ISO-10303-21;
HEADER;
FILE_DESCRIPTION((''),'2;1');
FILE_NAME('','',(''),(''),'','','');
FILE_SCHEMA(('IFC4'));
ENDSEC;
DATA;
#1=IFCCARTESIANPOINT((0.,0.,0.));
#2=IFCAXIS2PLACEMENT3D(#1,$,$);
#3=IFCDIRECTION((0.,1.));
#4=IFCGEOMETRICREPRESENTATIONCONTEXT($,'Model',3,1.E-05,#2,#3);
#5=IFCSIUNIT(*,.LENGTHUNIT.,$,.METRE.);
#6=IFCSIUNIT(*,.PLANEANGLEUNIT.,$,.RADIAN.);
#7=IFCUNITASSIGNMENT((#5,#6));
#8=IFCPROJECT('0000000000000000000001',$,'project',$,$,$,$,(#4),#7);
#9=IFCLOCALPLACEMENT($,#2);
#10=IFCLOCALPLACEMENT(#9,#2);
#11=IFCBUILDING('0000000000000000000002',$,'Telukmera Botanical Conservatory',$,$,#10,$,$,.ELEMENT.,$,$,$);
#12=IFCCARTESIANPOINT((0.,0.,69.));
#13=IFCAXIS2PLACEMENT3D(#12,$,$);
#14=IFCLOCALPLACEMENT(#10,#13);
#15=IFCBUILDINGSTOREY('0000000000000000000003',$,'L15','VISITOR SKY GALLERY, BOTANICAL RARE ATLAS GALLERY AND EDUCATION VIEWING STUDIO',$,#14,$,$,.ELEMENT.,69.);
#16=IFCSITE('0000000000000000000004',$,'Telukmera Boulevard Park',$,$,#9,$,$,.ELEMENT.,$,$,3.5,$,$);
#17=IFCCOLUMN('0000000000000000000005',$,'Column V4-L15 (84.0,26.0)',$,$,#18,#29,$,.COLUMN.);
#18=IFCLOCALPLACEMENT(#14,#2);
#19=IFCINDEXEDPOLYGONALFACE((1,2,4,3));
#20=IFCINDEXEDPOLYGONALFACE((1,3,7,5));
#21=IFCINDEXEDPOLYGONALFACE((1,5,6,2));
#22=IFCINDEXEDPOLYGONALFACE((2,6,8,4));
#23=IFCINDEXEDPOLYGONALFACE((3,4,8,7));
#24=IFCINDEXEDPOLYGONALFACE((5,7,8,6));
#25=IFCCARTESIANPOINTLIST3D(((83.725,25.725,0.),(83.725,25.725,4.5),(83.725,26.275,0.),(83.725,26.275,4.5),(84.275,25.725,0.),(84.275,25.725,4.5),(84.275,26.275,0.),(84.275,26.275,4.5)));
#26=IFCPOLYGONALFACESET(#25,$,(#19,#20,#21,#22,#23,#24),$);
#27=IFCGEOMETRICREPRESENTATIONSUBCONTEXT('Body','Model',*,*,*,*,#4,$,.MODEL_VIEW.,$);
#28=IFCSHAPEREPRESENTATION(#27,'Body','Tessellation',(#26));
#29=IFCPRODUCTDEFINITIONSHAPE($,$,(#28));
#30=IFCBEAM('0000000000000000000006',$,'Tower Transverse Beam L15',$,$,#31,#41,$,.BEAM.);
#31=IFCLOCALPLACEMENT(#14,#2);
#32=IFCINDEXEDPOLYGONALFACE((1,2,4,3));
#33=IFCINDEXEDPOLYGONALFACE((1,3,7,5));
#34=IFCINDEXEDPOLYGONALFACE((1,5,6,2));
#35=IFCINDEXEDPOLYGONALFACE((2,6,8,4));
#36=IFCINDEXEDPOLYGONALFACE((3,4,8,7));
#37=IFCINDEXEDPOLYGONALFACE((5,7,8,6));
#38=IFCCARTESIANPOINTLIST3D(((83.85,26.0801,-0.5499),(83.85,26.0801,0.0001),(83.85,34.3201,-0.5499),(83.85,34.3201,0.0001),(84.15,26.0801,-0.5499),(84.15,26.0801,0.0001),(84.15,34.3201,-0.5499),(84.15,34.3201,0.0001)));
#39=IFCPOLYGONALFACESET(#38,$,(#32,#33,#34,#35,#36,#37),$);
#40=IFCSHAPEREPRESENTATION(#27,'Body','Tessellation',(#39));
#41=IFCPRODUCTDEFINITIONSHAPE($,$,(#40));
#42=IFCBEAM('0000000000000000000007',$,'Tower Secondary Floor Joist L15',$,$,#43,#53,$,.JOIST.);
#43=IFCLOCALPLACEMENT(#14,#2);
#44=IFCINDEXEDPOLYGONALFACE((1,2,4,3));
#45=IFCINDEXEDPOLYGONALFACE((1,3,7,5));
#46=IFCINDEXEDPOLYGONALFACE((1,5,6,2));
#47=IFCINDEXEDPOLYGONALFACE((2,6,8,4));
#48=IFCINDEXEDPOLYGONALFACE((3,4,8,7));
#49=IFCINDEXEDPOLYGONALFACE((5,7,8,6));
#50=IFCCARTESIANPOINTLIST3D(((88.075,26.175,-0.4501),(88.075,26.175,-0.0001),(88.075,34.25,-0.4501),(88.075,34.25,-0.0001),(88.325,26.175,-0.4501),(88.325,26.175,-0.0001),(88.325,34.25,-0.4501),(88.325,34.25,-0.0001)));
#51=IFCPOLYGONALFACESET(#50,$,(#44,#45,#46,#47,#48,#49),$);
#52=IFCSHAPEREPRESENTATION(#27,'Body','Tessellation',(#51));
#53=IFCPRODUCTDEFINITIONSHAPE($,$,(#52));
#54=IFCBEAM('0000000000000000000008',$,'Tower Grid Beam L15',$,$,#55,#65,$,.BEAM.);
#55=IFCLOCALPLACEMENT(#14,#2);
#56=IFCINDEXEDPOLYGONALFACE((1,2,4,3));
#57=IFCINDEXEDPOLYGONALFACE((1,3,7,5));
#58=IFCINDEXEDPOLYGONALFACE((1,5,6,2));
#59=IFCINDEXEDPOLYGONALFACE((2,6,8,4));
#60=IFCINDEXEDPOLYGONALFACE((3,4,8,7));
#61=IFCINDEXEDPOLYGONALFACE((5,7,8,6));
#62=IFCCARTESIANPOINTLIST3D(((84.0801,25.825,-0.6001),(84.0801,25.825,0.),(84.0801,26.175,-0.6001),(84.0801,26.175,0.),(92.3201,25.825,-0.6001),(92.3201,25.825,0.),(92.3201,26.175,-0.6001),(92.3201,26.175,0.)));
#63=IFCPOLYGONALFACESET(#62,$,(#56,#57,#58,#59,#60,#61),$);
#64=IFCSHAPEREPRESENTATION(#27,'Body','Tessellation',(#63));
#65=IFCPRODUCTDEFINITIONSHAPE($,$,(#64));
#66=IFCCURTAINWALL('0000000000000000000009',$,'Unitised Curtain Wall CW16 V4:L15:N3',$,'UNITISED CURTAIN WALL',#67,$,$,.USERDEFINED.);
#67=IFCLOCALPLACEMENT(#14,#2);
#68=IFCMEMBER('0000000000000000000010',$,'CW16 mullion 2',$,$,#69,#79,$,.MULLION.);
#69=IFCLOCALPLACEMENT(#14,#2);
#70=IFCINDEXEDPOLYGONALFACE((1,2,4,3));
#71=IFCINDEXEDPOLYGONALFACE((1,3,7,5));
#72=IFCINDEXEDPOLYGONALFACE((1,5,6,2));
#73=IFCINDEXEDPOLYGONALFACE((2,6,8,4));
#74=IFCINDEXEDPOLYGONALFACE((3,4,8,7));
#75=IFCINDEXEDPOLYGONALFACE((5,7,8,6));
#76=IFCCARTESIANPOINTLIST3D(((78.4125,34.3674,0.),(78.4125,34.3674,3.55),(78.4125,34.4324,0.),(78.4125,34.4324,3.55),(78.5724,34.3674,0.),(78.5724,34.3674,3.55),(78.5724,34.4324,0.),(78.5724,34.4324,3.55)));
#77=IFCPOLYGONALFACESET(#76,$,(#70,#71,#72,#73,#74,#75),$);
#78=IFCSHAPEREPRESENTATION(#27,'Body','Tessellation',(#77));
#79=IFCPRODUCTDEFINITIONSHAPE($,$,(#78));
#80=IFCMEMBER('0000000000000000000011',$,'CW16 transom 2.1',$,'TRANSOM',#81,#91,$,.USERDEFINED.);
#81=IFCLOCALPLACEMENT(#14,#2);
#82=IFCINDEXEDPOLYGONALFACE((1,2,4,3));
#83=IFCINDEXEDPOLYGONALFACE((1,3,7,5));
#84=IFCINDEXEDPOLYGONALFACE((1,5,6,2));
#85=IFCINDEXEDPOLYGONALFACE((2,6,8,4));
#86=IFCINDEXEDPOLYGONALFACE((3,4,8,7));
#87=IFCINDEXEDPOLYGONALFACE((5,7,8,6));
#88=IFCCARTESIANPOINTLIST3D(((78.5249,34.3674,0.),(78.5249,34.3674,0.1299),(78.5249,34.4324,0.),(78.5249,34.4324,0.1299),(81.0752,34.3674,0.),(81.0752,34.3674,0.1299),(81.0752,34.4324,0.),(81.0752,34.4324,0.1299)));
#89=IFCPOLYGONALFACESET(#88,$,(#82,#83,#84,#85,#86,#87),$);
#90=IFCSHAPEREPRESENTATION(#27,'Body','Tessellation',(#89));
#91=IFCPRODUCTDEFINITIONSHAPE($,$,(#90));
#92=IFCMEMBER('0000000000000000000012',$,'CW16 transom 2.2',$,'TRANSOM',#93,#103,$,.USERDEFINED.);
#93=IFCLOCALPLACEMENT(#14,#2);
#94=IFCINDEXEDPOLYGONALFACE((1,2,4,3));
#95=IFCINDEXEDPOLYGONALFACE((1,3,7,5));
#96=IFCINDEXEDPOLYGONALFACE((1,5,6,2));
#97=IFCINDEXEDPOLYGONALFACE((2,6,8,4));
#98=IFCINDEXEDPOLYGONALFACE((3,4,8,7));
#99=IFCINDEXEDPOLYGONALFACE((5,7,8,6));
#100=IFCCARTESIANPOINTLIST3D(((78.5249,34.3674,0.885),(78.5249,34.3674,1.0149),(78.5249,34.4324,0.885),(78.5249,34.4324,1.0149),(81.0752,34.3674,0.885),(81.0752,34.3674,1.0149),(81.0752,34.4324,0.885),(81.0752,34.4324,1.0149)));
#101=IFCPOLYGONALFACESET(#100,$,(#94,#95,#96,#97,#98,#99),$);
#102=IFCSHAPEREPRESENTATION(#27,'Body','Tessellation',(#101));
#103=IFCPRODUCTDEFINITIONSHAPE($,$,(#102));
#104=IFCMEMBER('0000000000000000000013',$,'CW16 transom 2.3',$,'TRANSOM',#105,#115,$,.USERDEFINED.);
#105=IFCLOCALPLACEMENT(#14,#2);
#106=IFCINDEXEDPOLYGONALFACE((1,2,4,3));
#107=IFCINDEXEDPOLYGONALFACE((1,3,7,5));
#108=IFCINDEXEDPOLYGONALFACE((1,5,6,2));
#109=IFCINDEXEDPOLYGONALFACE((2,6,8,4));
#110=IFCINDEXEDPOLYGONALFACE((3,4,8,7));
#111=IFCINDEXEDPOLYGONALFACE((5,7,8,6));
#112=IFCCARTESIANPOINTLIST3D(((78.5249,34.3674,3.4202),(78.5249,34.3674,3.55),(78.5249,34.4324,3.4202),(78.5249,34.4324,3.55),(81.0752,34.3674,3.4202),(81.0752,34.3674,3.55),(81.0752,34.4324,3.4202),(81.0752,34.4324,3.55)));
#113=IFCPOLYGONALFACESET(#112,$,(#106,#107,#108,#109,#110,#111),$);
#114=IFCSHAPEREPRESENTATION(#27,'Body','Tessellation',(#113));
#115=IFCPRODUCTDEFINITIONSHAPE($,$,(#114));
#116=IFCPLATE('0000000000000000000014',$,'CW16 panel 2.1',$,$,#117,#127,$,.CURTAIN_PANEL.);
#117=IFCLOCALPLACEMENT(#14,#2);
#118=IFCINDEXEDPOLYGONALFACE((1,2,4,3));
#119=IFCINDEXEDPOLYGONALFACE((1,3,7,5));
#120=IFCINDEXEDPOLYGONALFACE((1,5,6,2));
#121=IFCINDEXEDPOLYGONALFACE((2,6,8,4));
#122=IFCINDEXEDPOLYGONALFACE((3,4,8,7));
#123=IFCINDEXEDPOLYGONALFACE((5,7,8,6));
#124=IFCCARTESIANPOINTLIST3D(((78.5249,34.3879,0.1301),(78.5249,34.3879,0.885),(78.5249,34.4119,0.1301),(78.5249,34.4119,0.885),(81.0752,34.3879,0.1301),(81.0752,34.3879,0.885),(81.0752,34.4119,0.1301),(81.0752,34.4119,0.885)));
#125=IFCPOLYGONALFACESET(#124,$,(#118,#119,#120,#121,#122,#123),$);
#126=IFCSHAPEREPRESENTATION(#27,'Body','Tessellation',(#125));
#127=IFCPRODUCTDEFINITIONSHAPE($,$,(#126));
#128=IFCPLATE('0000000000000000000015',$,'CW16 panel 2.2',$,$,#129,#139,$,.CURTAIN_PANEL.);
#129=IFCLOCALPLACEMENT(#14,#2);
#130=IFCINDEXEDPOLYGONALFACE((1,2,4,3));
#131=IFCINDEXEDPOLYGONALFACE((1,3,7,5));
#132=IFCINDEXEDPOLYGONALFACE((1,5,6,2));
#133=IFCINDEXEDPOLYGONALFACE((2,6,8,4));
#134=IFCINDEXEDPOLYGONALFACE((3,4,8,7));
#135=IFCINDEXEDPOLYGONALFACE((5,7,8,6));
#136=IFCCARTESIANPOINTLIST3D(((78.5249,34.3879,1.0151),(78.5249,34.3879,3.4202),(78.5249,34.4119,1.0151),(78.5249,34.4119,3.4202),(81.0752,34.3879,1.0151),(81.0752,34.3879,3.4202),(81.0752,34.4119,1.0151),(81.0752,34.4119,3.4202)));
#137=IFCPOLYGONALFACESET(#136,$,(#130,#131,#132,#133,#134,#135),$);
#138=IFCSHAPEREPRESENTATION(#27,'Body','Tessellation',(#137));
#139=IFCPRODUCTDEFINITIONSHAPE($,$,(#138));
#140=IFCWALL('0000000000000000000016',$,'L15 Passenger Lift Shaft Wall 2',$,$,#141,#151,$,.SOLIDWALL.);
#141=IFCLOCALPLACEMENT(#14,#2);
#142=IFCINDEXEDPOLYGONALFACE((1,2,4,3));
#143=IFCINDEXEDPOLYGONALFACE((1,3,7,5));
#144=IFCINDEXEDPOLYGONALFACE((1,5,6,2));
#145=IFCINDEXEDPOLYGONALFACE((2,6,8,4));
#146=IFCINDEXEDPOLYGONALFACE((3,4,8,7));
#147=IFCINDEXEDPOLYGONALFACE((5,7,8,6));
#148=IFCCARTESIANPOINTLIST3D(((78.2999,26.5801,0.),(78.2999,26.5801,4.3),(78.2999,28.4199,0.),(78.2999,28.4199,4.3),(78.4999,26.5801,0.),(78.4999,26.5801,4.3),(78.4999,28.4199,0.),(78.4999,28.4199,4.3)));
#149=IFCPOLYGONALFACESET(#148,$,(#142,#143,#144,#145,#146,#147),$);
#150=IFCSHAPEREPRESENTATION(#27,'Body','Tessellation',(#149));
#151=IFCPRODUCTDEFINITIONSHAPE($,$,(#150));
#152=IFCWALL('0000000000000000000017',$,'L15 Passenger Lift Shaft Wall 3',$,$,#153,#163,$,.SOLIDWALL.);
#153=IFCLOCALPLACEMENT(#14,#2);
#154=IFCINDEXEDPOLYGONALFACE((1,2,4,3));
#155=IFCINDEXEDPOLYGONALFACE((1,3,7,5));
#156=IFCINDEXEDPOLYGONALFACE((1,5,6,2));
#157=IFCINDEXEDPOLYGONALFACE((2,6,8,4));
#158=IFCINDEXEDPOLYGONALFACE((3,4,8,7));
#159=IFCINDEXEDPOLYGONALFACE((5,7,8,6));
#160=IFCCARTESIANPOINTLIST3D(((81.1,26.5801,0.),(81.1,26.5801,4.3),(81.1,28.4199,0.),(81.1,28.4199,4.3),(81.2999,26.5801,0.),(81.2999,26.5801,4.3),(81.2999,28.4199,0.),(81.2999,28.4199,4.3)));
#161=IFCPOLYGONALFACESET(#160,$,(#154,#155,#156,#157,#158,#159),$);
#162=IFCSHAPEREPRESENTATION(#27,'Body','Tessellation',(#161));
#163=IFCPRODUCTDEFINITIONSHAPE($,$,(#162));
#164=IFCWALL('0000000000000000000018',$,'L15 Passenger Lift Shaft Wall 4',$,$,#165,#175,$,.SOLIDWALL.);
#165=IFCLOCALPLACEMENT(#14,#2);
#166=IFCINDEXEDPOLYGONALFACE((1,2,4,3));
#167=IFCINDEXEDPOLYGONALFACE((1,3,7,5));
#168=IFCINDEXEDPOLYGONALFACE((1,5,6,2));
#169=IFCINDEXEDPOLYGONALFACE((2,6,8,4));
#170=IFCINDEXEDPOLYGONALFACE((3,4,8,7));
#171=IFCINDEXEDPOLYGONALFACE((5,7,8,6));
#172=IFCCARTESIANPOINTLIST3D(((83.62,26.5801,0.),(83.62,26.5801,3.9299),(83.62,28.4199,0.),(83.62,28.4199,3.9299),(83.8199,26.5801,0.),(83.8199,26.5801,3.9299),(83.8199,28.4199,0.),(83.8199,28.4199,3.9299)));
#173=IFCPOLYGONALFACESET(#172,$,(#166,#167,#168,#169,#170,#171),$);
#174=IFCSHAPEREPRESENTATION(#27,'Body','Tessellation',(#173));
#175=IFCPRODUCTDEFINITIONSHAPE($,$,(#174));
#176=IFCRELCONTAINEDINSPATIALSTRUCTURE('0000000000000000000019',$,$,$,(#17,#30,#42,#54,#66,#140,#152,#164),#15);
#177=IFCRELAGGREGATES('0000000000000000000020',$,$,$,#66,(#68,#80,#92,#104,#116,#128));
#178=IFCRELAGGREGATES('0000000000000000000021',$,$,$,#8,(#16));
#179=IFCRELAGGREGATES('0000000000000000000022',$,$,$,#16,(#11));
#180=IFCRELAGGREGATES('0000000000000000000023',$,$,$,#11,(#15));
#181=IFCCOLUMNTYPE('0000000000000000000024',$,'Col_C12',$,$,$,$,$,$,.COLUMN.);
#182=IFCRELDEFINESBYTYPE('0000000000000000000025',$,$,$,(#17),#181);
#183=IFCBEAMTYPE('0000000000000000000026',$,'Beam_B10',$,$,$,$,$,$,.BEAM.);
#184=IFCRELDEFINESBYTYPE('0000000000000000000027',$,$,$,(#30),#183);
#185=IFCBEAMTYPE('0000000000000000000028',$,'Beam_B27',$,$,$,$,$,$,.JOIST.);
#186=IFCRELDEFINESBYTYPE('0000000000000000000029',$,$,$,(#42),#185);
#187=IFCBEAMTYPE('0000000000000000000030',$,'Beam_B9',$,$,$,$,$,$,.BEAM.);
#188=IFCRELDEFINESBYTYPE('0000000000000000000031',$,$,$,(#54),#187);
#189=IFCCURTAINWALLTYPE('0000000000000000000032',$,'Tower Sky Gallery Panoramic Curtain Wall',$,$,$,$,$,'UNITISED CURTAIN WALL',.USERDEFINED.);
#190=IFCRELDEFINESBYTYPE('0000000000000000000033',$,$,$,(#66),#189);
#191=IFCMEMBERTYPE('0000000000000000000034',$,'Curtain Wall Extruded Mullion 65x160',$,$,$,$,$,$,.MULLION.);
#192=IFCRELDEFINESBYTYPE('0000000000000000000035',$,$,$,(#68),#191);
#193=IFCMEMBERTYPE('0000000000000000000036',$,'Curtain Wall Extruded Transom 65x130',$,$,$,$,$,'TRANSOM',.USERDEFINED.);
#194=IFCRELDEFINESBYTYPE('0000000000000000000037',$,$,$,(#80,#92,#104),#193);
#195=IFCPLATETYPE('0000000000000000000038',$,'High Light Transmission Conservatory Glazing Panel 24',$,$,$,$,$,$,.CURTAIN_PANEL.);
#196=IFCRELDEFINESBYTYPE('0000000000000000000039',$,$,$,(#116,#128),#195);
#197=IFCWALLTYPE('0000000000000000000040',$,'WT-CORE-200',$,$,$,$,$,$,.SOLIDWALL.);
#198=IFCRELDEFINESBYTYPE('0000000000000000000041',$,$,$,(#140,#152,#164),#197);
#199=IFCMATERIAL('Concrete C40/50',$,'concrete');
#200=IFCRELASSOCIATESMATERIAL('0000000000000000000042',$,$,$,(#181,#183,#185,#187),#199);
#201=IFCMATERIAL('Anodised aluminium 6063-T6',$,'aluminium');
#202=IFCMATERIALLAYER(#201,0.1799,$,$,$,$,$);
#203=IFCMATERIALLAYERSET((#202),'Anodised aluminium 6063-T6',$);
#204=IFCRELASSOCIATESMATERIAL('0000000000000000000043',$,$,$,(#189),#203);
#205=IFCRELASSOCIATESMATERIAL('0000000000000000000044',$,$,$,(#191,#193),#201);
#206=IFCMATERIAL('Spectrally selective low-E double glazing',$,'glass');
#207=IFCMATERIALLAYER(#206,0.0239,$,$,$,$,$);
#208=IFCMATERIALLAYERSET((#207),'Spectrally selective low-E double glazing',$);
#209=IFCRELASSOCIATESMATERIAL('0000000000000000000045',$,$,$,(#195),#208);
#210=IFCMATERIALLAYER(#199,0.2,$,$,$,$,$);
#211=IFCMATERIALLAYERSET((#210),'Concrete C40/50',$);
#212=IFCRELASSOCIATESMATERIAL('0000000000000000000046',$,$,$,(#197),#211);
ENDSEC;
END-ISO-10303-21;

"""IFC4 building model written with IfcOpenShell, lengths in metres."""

from ifc_helpers import new_model, si_unit, direction, frame, frame_2d, origin, origin_2d, place, context, subcontext, project, spatial, rectangle, extrude, material, layer, layer_set, material_profile, profile_set, type_object, element, aggregate, save


model = new_model("IFC4")

# Units and contexts
model_context = context("Model", 3, precision=1e-05, world=origin(), true_north=direction((0.0, 1.0)))
body_context = subcontext(model_context, "Body", "Model", "MODEL_VIEW")
ifc_project = project(units=[si_unit("LENGTHUNIT", "METRE"), si_unit("PLANEANGLEUNIT", "RADIAN")], contexts=[model_context])

# Site, building, storey
site_placement = place(None, origin())
site = spatial("IfcSite", under=ifc_project, at=site_placement, Name="Telukmera Boulevard Park", CompositionType="ELEMENT", RefElevation=3.5)
building_placement = place(site_placement, origin())
building = spatial("IfcBuilding", under=site, at=building_placement, Name="Telukmera Botanical Conservatory", CompositionType="ELEMENT")
storey_placement = place(building_placement, frame((0.0, 0.0, 69.0)))
storey = spatial("IfcBuildingStorey", under=building, at=storey_placement, Name="L15", Description="VISITOR SKY GALLERY, BOTANICAL RARE ATLAS GALLERY AND EDUCATION VIEWING STUDIO", CompositionType="ELEMENT", Elevation=69.0)

# Column
ifc_material_1 = material(Name="Concrete C40/50", Category="concrete")
ifc_material_profile_1 = material_profile(ifc_material_1, rectangle(XDim=0.55, YDim=0.55, at=origin_2d()), Name="RC 550x550")
ifc_profile_set_1 = profile_set([ifc_material_profile_1], Name="Concrete C40/50")
column_type = type_object("IfcColumnType", Name="Col_C12", PredefinedType="COLUMN", material=ifc_profile_set_1)
column_placement = place(storey_placement, frame((84.0, 26.0, 0.0), z_axis=(0.0, 0.0, 1.0), x_axis=(1.0, 0.0, 0.0)))
element("IfcColumn", 1, at=column_placement, inside=storey, type_object=column_type, Name="Column V4-L15 (84.0,26.0)", PredefinedType="COLUMN", context=body_context, shape_type="SweptSolid", body=[
    extrude(rectangle(XDim=0.55, YDim=0.55, at=origin_2d()), origin(), (0.0, 0.0, 1.0), 4.5),
])

# Beams
ifc_material_profile_2 = material_profile(ifc_material_1, rectangle(XDim=0.3, YDim=0.55, at=origin_2d()), Name="RC 300x550")
ifc_profile_set_2 = profile_set([ifc_material_profile_2], Name="Concrete C40/50")
beam_type_1 = type_object("IfcBeamType", Name="Beam_B10", PredefinedType="BEAM", material=ifc_profile_set_2)
beam_1_placement = place(storey_placement, frame((84.0, 26.0801, -0.2749), z_axis=(0.0, 1.0, 0.0), x_axis=(-1.0, 0.0, 0.0)))
element("IfcBeam", 2, at=beam_1_placement, inside=storey, type_object=beam_type_1, Name="Tower Transverse Beam L15", PredefinedType="BEAM", context=body_context, shape_type="SweptSolid", body=[
    extrude(rectangle(XDim=0.3, YDim=0.55, at=origin_2d()), origin(), (0.0, 0.0, 1.0), 8.24),
])
ifc_material_profile_3 = material_profile(ifc_material_1, rectangle(XDim=0.25, YDim=0.45, at=origin_2d()), Name="RC 250x450")
ifc_profile_set_3 = profile_set([ifc_material_profile_3], Name="Concrete C40/50")
beam_type_2 = type_object("IfcBeamType", Name="Beam_B27", PredefinedType="JOIST", material=ifc_profile_set_3)
beam_2_placement = place(storey_placement, frame((88.2, 26.175, -0.2251), z_axis=(0.0, 1.0, 0.0), x_axis=(-1.0, 0.0, 0.0)))
element("IfcBeam", 3, at=beam_2_placement, inside=storey, type_object=beam_type_2, Name="Tower Secondary Floor Joist L15", PredefinedType="JOIST", context=body_context, shape_type="SweptSolid", body=[
    extrude(rectangle(XDim=0.25, YDim=0.45, at=origin_2d()), origin(), (0.0, 0.0, 1.0), 8.075),
])
ifc_material_profile_4 = material_profile(ifc_material_1, rectangle(XDim=0.3501, YDim=0.6001, at=origin_2d()), Name="RC 350x600")
ifc_profile_set_4 = profile_set([ifc_material_profile_4], Name="Concrete C40/50")
beam_type_3 = type_object("IfcBeamType", Name="Beam_B9", PredefinedType="BEAM", material=ifc_profile_set_4)
beam_3_placement = place(storey_placement, frame((84.0801, 26.0, -0.3), z_axis=(1.0, 0.0, 0.0), x_axis=(0.0, 1.0, 0.0)))
element("IfcBeam", 4, at=beam_3_placement, inside=storey, type_object=beam_type_3, Name="Tower Grid Beam L15", PredefinedType="BEAM", context=body_context, shape_type="SweptSolid", body=[
    extrude(rectangle(XDim=0.3501, YDim=0.6001, at=origin_2d()), origin(), (0.0, 0.0, 1.0), 8.24),
])

# Curtain wall, members, plates
ifc_material_2 = material(Name="Anodised aluminium 6063-T6", Category="aluminium")
ifc_layer_1 = layer(ifc_material_2, 0.1799)
ifc_layer_set_1 = layer_set([ifc_layer_1], Name="Anodised aluminium 6063-T6")
curtain_wall_type = type_object("IfcCurtainWallType", Name="Tower Sky Gallery Panoramic Curtain Wall", ElementType="UNITISED CURTAIN WALL", PredefinedType="USERDEFINED", material=ifc_layer_set_1)
curtain_wall_placement = place(storey_placement, origin())
curtain_wall = element("IfcCurtainWall", 5, at=curtain_wall_placement, inside=storey, type_object=curtain_wall_type, Name="Unitised Curtain Wall CW16 V4:L15:N3", ObjectType="UNITISED CURTAIN WALL", PredefinedType="USERDEFINED")
ifc_material_profile_5 = material_profile(ifc_material_2, rectangle(XDim=0.0649, YDim=0.1599, at=origin_2d()), Name="ALU MULL 65x160")
ifc_profile_set_5 = profile_set([ifc_material_profile_5], Name="Anodised aluminium 6063-T6")
member_type_1 = type_object("IfcMemberType", Name="Curtain Wall Extruded Mullion 65x160", PredefinedType="MULLION", material=ifc_profile_set_5)
member_1_placement = place(storey_placement, frame((78.4924, 34.3999, 0.0), z_axis=(0.0, 0.0, 1.0), x_axis=(0.0, 1.0, 0.0)))
member_1 = element("IfcMember", 6, at=member_1_placement, type_object=member_type_1, Name="CW16 mullion 2", PredefinedType="MULLION", context=body_context, shape_type="SweptSolid", body=[
    extrude(rectangle(XDim=0.0649, YDim=0.1599, at=origin_2d()), origin(), (0.0, 0.0, 1.0), 3.55),
])
ifc_material_profile_6 = material_profile(ifc_material_2, rectangle(XDim=0.0649, YDim=0.1299, at=origin_2d()), Name="ALU TRAN 65x130")
ifc_profile_set_6 = profile_set([ifc_material_profile_6], Name="Anodised aluminium 6063-T6")
member_type_2 = type_object("IfcMemberType", Name="Curtain Wall Extruded Transom 65x130", ElementType="TRANSOM", PredefinedType="USERDEFINED", material=ifc_profile_set_6)
member_2_placement = place(storey_placement, frame((78.5249, 34.3999, 0.0649), z_axis=(1.0, 0.0, 0.0), x_axis=(0.0, 1.0, 0.0)))
member_2 = element("IfcMember", 7, at=member_2_placement, type_object=member_type_2, Name="CW16 transom 2.1", ObjectType="TRANSOM", PredefinedType="USERDEFINED", context=body_context, shape_type="SweptSolid", body=[
    extrude(rectangle(XDim=0.0649, YDim=0.1299, at=origin_2d()), origin(), (0.0, 0.0, 1.0), 2.5503),
])
member_3_placement = place(storey_placement, frame((78.5249, 34.3999, 0.95), z_axis=(1.0, 0.0, 0.0), x_axis=(0.0, 1.0, 0.0)))
member_3 = element("IfcMember", 8, at=member_3_placement, type_object=member_type_2, Name="CW16 transom 2.2", ObjectType="TRANSOM", PredefinedType="USERDEFINED", context=body_context, shape_type="SweptSolid", body=[
    extrude(rectangle(XDim=0.0649, YDim=0.1299, at=origin_2d()), origin(), (0.0, 0.0, 1.0), 2.5503),
])
member_4_placement = place(storey_placement, frame((78.5249, 34.3999, 3.4851), z_axis=(1.0, 0.0, 0.0), x_axis=(0.0, 1.0, 0.0)))
member_4 = element("IfcMember", 9, at=member_4_placement, type_object=member_type_2, Name="CW16 transom 2.3", ObjectType="TRANSOM", PredefinedType="USERDEFINED", context=body_context, shape_type="SweptSolid", body=[
    extrude(rectangle(XDim=0.0649, YDim=0.1299, at=origin_2d()), origin(), (0.0, 0.0, 1.0), 2.5503),
])
ifc_material_3 = material(Name="Spectrally selective low-E double glazing", Category="glass")
ifc_layer_2 = layer(ifc_material_3, 0.0239)
ifc_layer_set_2 = layer_set([ifc_layer_2], Name="Spectrally selective low-E double glazing")
plate_type = type_object("IfcPlateType", Name="High Light Transmission Conservatory Glazing Panel 24", PredefinedType="CURTAIN_PANEL", material=ifc_layer_set_2)
plate_1_placement = place(storey_placement, frame((79.8, 34.3999, 0.1301), z_axis=(0.0, 0.0, 1.0), x_axis=(1.0, 0.0, 0.0)))
plate_1 = element("IfcPlate", 10, at=plate_1_placement, type_object=plate_type, Name="CW16 panel 2.1", PredefinedType="CURTAIN_PANEL", context=body_context, shape_type="SweptSolid", body=[
    extrude(rectangle(XDim=2.5503, YDim=0.0239, at=origin_2d()), origin(), (0.0, 0.0, 1.0), 0.7549),
])
plate_2_placement = place(storey_placement, frame((79.8, 34.3999, 1.0151), z_axis=(0.0, 0.0, 1.0), x_axis=(1.0, 0.0, 0.0)))
plate_2 = element("IfcPlate", 11, at=plate_2_placement, type_object=plate_type, Name="CW16 panel 2.2", PredefinedType="CURTAIN_PANEL", context=body_context, shape_type="SweptSolid", body=[
    extrude(rectangle(XDim=2.5503, YDim=0.0239, at=origin_2d()), origin(), (0.0, 0.0, 1.0), 2.405),
])
aggregate(curtain_wall, [member_1, member_2, member_3, member_4, plate_1, plate_2])

# Walls
ifc_layer_3 = layer(ifc_material_1, 0.2)
ifc_layer_set_3 = layer_set([ifc_layer_3], Name="Concrete C40/50")
wall_type_1 = type_object("IfcWallType", Name="WT-CORE-200", PredefinedType="SOLIDWALL", material=ifc_layer_set_3)
for number, where, z_axis, x_axis, name in (
    (12, (78.3999, 26.5801, 0.0), (0.0, 0.0, 1.0), (0.0, 1.0, 0.0), "L15 Passenger Lift Shaft Wall 2"),
    (13, (81.2, 26.5801, 0.0), (0.0, 0.0, 1.0), (0.0, 1.0, 0.0), "L15 Passenger Lift Shaft Wall 3"),
):
    element("IfcWall", number, at=place(storey_placement, frame(where, z_axis=z_axis, x_axis=x_axis)), inside=storey, type_object=wall_type_1, Name=name, PredefinedType="SOLIDWALL", context=body_context, shape_type="SweptSolid", body=[
        extrude(rectangle(XDim=1.8398, YDim=0.2, at=frame_2d((0.9199, 0.0))), origin(), (0.0, 0.0, 1.0), 4.3),
    ])
wall_1_placement = place(storey_placement, frame((83.72, 26.5801, 0.0), z_axis=(0.0, 0.0, 1.0), x_axis=(0.0, 1.0, 0.0)))
element("IfcWall", 14, at=wall_1_placement, inside=storey, type_object=wall_type_1, Name="L15 Passenger Lift Shaft Wall 4", PredefinedType="SOLIDWALL", context=body_context, shape_type="SweptSolid", body=[
    extrude(rectangle(XDim=1.8398, YDim=0.2, at=frame_2d((0.9199, 0.0))), origin(), (0.0, 0.0, 1.0), 3.9299),
])

save(model, "model.ifc")
